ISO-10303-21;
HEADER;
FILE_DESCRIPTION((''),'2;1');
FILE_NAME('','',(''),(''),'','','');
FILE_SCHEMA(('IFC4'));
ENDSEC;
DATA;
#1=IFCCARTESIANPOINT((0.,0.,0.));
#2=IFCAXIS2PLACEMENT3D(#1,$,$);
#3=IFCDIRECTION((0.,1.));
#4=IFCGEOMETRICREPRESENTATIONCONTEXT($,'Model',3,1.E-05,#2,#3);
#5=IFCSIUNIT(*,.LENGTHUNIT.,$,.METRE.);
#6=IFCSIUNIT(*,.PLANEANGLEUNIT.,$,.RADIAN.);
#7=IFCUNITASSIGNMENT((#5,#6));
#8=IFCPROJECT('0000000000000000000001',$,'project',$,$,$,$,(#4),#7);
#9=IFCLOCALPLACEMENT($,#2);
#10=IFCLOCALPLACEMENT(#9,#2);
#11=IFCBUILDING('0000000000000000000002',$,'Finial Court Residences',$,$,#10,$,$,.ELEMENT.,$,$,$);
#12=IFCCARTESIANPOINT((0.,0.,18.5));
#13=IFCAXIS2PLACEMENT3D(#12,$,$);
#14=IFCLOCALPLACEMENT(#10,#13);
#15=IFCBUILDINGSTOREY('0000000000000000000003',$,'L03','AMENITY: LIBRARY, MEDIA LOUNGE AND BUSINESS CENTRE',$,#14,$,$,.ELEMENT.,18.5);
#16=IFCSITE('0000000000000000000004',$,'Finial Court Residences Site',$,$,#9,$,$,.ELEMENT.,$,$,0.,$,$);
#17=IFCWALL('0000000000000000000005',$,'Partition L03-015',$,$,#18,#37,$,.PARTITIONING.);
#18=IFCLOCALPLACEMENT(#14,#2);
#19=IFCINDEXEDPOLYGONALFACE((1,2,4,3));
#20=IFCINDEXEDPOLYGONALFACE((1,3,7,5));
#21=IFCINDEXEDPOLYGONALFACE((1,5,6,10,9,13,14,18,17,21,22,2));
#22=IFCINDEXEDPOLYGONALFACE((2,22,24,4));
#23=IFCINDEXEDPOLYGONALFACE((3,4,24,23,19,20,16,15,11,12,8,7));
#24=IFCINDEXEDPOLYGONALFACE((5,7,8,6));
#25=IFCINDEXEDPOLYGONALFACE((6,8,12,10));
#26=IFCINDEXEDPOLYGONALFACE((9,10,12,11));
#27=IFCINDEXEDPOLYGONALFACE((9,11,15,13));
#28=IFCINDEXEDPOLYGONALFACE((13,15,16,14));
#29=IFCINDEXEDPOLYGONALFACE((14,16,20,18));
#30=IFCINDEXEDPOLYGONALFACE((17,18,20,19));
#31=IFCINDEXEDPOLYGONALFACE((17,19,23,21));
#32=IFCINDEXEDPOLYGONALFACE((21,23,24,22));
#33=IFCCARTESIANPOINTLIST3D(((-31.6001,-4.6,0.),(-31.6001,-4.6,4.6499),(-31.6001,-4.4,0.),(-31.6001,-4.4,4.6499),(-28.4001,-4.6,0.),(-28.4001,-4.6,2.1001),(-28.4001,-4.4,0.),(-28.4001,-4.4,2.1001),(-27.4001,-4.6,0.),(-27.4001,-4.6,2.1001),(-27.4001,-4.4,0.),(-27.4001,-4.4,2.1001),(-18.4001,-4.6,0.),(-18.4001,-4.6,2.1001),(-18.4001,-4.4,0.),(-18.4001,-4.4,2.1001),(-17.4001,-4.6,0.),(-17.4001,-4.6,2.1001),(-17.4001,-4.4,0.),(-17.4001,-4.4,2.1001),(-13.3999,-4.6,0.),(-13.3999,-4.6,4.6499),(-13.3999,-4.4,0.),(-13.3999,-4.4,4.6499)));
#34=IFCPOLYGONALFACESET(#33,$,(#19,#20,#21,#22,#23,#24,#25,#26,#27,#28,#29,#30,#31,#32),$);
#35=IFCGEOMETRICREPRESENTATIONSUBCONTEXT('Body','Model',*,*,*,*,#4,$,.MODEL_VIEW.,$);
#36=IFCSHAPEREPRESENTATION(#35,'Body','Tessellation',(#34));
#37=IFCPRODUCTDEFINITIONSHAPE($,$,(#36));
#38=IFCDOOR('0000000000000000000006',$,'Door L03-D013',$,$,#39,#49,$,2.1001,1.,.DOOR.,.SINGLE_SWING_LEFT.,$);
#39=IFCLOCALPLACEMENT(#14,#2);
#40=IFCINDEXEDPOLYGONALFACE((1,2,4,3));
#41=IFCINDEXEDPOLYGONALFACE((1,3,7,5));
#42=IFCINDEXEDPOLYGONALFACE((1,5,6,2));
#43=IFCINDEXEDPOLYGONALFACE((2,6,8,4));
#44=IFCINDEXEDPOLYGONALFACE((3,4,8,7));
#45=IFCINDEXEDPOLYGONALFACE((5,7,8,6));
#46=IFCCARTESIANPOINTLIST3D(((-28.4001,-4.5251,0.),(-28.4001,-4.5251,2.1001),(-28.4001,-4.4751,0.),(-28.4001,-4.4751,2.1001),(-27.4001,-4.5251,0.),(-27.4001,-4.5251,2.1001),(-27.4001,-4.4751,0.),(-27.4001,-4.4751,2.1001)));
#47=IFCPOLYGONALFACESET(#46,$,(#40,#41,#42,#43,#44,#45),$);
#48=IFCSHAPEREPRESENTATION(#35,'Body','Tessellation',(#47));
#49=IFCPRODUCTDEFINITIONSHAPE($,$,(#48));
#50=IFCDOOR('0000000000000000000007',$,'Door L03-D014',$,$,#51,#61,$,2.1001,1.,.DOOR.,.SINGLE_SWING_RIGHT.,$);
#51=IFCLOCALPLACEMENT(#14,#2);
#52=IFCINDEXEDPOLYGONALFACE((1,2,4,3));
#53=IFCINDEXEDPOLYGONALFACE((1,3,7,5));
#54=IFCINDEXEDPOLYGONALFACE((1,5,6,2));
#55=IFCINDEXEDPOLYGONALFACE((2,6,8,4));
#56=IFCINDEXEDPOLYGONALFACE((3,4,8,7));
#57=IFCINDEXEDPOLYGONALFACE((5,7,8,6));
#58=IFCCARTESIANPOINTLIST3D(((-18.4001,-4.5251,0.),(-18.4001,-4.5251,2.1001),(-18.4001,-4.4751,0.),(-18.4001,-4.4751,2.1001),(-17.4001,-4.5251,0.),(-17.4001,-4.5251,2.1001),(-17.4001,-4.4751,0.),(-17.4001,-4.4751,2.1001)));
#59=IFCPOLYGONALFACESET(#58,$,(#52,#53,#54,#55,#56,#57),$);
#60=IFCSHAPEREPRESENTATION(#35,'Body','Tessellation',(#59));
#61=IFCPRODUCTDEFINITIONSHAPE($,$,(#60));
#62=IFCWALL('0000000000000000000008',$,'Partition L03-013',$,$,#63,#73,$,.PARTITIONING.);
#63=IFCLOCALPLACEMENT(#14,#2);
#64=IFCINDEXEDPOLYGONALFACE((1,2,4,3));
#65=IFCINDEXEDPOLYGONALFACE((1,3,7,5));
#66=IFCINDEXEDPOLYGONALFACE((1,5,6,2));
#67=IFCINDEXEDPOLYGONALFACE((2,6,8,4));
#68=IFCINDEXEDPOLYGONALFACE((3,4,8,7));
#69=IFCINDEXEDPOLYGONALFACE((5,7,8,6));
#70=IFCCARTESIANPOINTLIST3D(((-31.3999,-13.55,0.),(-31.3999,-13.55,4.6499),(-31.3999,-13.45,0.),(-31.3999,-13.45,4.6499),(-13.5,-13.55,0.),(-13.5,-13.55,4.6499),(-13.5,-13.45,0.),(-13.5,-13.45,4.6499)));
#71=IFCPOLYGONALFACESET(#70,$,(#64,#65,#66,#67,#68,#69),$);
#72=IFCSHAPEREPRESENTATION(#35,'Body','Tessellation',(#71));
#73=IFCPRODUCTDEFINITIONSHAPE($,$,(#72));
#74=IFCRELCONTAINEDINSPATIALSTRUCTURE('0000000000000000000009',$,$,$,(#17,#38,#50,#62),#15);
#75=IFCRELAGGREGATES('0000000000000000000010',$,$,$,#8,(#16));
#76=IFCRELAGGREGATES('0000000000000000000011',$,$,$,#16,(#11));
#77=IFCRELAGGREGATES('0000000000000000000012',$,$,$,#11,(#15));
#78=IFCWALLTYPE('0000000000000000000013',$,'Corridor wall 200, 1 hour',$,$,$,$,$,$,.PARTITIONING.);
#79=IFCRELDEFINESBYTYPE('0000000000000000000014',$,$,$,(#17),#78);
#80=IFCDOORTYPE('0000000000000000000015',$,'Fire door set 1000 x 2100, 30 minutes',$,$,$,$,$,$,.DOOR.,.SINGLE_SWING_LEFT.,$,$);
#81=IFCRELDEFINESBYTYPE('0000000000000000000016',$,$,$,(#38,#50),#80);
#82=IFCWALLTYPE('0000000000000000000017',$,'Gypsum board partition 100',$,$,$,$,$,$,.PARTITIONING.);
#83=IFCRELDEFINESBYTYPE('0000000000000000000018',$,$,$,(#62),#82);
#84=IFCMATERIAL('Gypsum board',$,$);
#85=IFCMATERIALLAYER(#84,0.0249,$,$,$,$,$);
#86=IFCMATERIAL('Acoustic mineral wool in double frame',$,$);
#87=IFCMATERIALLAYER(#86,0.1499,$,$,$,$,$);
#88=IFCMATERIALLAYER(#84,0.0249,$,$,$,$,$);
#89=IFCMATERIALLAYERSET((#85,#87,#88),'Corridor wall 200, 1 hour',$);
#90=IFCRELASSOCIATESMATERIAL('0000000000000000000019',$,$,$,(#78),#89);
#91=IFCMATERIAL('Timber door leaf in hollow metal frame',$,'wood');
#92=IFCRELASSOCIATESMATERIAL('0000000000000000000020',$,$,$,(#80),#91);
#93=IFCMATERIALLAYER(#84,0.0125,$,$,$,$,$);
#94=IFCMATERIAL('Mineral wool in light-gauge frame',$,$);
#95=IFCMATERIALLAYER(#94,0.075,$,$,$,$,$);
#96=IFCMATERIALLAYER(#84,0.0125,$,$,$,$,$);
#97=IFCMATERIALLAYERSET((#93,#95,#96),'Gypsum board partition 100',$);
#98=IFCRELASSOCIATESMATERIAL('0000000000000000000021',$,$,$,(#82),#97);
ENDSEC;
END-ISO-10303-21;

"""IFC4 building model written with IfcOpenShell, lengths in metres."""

from ifc_helpers import new_model, si_unit, direction, frame, frame_2d, origin, place, context, subcontext, project, spatial, rectangle, extrude, material, layer, layer_set, type_object, element, fill, save


model = new_model("IFC4")

# Units and contexts
model_context = context("Model", 3, precision=1e-05, world=origin(), true_north=direction((0.0, 1.0)))
body_context = subcontext(model_context, "Body", "Model", "MODEL_VIEW")
ifc_project = project(units=[si_unit("LENGTHUNIT", "METRE"), si_unit("PLANEANGLEUNIT", "RADIAN")], contexts=[model_context])

# Site, building, storey
site_placement = place(None, origin())
site = spatial("IfcSite", under=ifc_project, at=site_placement, Name="Finial Court Residences Site", CompositionType="ELEMENT", RefElevation=0.0)
building_placement = place(site_placement, origin())
building = spatial("IfcBuilding", under=site, at=building_placement, Name="Finial Court Residences", CompositionType="ELEMENT")
storey_placement = place(building_placement, frame((0.0, 0.0, 18.5)))
storey = spatial("IfcBuildingStorey", under=building, at=storey_placement, Name="L03", Description="AMENITY: LIBRARY, MEDIA LOUNGE AND BUSINESS CENTRE", CompositionType="ELEMENT", Elevation=18.5)

# Wall, openings, doors
ifc_material_1 = material(Name="Gypsum board")
ifc_layer_1 = layer(ifc_material_1, 0.0249)
ifc_material_2 = material(Name="Acoustic mineral wool in double frame")
ifc_layer_2 = layer(ifc_material_2, 0.1499)
ifc_layer_3 = layer(ifc_material_1, 0.0249)
ifc_layer_set_1 = layer_set([ifc_layer_1, ifc_layer_2, ifc_layer_3], Name="Corridor wall 200, 1 hour")
wall_type_1 = type_object("IfcWallType", Name="Corridor wall 200, 1 hour", PredefinedType="PARTITIONING", material=ifc_layer_set_1)
wall_1_placement = place(storey_placement, frame((-31.6001, -4.5, 0.0), z_axis=(0.0, 0.0, 1.0), x_axis=(1.0, 0.0, 0.0)))
wall_1 = element("IfcWall", 1, at=wall_1_placement, inside=storey, type_object=wall_type_1, Name="Partition L03-015", PredefinedType="PARTITIONING", context=body_context, shape_type="SweptSolid", body=[
    extrude(rectangle(XDim=18.2002, YDim=0.2, at=frame_2d((9.1001, 0.0))), origin(), (0.0, 0.0, 1.0), 4.6499),
])
opening_1_placement = place(wall_1_placement, frame((3.2, 0.0, 0.0)))
opening_1 = element("IfcOpeningElement", 2, at=opening_1_placement, cuts=wall_1, PredefinedType="OPENING", context=body_context, shape_type="SweptSolid", body=[
    extrude(rectangle(XDim=1.0, YDim=2.1001, at=frame_2d((0.5, 1.05))), frame((0.0, 0.1099, 0.0), z_axis=(0.0, -1.0, 0.0), x_axis=(1.0, 0.0, 0.0)), (0.0, 0.0, 1.0), 0.22),
])
opening_2_placement = place(wall_1_placement, frame((13.2, 0.0, 0.0)))
opening_2 = element("IfcOpeningElement", 3, at=opening_2_placement, cuts=wall_1, PredefinedType="OPENING", context=body_context, shape_type="SweptSolid", body=[
    extrude(rectangle(XDim=1.0, YDim=2.1001, at=frame_2d((0.5, 1.05))), frame((0.0, 0.1099, 0.0), z_axis=(0.0, -1.0, 0.0), x_axis=(1.0, 0.0, 0.0)), (0.0, 0.0, 1.0), 0.22),
])
ifc_material_3 = material(Name="Timber door leaf in hollow metal frame", Category="wood")
door_type = type_object("IfcDoorType", Name="Fire door set 1000 x 2100, 30 minutes", OperationType="SINGLE_SWING_LEFT", PredefinedType="DOOR", material=ifc_material_3)
door_1_placement = place(opening_1_placement, origin())
door_1 = element("IfcDoor", 4, at=door_1_placement, inside=storey, type_object=door_type, Name="Door L03-D013", OperationType="SINGLE_SWING_LEFT", OverallHeight=2.1001, OverallWidth=1.0, PredefinedType="DOOR", context=body_context, shape_type="SweptSolid", body=[
    extrude(rectangle(XDim=1.0, YDim=2.1001, at=frame_2d((0.5, 1.05))), frame((0.0, 0.0249, 0.0), z_axis=(0.0, -1.0, 0.0), x_axis=(1.0, 0.0, 0.0)), (0.0, 0.0, 1.0), 0.05),
])
fill(opening_1, door_1)
door_2_placement = place(opening_2_placement, origin())
door_2 = element("IfcDoor", 5, at=door_2_placement, inside=storey, type_object=door_type, Name="Door L03-D014", OperationType="SINGLE_SWING_RIGHT", OverallHeight=2.1001, OverallWidth=1.0, PredefinedType="DOOR", context=body_context, shape_type="SweptSolid", body=[
    extrude(rectangle(XDim=1.0, YDim=2.1001, at=frame_2d((0.5, 1.05))), frame((0.0, 0.0249, 0.0), z_axis=(0.0, -1.0, 0.0), x_axis=(1.0, 0.0, 0.0)), (0.0, 0.0, 1.0), 0.05),
])
fill(opening_2, door_2)

# Wall
ifc_layer_4 = layer(ifc_material_1, 0.0125)
ifc_material_4 = material(Name="Mineral wool in light-gauge frame")
ifc_layer_5 = layer(ifc_material_4, 0.075)
ifc_layer_6 = layer(ifc_material_1, 0.0125)
ifc_layer_set_2 = layer_set([ifc_layer_4, ifc_layer_5, ifc_layer_6], Name="Gypsum board partition 100")
wall_type_2 = type_object("IfcWallType", Name="Gypsum board partition 100", PredefinedType="PARTITIONING", material=ifc_layer_set_2)
wall_2_placement = place(storey_placement, frame((-31.3999, -13.5, 0.0), z_axis=(0.0, 0.0, 1.0), x_axis=(1.0, 0.0, 0.0)))
element("IfcWall", 6, at=wall_2_placement, inside=storey, type_object=wall_type_2, Name="Partition L03-013", PredefinedType="PARTITIONING", context=body_context, shape_type="SweptSolid", body=[
    extrude(rectangle(XDim=17.8999, YDim=0.1001, at=frame_2d((8.95, 0.0))), origin(), (0.0, 0.0, 1.0), 4.6499),
])

save(model, "model.ifc")
